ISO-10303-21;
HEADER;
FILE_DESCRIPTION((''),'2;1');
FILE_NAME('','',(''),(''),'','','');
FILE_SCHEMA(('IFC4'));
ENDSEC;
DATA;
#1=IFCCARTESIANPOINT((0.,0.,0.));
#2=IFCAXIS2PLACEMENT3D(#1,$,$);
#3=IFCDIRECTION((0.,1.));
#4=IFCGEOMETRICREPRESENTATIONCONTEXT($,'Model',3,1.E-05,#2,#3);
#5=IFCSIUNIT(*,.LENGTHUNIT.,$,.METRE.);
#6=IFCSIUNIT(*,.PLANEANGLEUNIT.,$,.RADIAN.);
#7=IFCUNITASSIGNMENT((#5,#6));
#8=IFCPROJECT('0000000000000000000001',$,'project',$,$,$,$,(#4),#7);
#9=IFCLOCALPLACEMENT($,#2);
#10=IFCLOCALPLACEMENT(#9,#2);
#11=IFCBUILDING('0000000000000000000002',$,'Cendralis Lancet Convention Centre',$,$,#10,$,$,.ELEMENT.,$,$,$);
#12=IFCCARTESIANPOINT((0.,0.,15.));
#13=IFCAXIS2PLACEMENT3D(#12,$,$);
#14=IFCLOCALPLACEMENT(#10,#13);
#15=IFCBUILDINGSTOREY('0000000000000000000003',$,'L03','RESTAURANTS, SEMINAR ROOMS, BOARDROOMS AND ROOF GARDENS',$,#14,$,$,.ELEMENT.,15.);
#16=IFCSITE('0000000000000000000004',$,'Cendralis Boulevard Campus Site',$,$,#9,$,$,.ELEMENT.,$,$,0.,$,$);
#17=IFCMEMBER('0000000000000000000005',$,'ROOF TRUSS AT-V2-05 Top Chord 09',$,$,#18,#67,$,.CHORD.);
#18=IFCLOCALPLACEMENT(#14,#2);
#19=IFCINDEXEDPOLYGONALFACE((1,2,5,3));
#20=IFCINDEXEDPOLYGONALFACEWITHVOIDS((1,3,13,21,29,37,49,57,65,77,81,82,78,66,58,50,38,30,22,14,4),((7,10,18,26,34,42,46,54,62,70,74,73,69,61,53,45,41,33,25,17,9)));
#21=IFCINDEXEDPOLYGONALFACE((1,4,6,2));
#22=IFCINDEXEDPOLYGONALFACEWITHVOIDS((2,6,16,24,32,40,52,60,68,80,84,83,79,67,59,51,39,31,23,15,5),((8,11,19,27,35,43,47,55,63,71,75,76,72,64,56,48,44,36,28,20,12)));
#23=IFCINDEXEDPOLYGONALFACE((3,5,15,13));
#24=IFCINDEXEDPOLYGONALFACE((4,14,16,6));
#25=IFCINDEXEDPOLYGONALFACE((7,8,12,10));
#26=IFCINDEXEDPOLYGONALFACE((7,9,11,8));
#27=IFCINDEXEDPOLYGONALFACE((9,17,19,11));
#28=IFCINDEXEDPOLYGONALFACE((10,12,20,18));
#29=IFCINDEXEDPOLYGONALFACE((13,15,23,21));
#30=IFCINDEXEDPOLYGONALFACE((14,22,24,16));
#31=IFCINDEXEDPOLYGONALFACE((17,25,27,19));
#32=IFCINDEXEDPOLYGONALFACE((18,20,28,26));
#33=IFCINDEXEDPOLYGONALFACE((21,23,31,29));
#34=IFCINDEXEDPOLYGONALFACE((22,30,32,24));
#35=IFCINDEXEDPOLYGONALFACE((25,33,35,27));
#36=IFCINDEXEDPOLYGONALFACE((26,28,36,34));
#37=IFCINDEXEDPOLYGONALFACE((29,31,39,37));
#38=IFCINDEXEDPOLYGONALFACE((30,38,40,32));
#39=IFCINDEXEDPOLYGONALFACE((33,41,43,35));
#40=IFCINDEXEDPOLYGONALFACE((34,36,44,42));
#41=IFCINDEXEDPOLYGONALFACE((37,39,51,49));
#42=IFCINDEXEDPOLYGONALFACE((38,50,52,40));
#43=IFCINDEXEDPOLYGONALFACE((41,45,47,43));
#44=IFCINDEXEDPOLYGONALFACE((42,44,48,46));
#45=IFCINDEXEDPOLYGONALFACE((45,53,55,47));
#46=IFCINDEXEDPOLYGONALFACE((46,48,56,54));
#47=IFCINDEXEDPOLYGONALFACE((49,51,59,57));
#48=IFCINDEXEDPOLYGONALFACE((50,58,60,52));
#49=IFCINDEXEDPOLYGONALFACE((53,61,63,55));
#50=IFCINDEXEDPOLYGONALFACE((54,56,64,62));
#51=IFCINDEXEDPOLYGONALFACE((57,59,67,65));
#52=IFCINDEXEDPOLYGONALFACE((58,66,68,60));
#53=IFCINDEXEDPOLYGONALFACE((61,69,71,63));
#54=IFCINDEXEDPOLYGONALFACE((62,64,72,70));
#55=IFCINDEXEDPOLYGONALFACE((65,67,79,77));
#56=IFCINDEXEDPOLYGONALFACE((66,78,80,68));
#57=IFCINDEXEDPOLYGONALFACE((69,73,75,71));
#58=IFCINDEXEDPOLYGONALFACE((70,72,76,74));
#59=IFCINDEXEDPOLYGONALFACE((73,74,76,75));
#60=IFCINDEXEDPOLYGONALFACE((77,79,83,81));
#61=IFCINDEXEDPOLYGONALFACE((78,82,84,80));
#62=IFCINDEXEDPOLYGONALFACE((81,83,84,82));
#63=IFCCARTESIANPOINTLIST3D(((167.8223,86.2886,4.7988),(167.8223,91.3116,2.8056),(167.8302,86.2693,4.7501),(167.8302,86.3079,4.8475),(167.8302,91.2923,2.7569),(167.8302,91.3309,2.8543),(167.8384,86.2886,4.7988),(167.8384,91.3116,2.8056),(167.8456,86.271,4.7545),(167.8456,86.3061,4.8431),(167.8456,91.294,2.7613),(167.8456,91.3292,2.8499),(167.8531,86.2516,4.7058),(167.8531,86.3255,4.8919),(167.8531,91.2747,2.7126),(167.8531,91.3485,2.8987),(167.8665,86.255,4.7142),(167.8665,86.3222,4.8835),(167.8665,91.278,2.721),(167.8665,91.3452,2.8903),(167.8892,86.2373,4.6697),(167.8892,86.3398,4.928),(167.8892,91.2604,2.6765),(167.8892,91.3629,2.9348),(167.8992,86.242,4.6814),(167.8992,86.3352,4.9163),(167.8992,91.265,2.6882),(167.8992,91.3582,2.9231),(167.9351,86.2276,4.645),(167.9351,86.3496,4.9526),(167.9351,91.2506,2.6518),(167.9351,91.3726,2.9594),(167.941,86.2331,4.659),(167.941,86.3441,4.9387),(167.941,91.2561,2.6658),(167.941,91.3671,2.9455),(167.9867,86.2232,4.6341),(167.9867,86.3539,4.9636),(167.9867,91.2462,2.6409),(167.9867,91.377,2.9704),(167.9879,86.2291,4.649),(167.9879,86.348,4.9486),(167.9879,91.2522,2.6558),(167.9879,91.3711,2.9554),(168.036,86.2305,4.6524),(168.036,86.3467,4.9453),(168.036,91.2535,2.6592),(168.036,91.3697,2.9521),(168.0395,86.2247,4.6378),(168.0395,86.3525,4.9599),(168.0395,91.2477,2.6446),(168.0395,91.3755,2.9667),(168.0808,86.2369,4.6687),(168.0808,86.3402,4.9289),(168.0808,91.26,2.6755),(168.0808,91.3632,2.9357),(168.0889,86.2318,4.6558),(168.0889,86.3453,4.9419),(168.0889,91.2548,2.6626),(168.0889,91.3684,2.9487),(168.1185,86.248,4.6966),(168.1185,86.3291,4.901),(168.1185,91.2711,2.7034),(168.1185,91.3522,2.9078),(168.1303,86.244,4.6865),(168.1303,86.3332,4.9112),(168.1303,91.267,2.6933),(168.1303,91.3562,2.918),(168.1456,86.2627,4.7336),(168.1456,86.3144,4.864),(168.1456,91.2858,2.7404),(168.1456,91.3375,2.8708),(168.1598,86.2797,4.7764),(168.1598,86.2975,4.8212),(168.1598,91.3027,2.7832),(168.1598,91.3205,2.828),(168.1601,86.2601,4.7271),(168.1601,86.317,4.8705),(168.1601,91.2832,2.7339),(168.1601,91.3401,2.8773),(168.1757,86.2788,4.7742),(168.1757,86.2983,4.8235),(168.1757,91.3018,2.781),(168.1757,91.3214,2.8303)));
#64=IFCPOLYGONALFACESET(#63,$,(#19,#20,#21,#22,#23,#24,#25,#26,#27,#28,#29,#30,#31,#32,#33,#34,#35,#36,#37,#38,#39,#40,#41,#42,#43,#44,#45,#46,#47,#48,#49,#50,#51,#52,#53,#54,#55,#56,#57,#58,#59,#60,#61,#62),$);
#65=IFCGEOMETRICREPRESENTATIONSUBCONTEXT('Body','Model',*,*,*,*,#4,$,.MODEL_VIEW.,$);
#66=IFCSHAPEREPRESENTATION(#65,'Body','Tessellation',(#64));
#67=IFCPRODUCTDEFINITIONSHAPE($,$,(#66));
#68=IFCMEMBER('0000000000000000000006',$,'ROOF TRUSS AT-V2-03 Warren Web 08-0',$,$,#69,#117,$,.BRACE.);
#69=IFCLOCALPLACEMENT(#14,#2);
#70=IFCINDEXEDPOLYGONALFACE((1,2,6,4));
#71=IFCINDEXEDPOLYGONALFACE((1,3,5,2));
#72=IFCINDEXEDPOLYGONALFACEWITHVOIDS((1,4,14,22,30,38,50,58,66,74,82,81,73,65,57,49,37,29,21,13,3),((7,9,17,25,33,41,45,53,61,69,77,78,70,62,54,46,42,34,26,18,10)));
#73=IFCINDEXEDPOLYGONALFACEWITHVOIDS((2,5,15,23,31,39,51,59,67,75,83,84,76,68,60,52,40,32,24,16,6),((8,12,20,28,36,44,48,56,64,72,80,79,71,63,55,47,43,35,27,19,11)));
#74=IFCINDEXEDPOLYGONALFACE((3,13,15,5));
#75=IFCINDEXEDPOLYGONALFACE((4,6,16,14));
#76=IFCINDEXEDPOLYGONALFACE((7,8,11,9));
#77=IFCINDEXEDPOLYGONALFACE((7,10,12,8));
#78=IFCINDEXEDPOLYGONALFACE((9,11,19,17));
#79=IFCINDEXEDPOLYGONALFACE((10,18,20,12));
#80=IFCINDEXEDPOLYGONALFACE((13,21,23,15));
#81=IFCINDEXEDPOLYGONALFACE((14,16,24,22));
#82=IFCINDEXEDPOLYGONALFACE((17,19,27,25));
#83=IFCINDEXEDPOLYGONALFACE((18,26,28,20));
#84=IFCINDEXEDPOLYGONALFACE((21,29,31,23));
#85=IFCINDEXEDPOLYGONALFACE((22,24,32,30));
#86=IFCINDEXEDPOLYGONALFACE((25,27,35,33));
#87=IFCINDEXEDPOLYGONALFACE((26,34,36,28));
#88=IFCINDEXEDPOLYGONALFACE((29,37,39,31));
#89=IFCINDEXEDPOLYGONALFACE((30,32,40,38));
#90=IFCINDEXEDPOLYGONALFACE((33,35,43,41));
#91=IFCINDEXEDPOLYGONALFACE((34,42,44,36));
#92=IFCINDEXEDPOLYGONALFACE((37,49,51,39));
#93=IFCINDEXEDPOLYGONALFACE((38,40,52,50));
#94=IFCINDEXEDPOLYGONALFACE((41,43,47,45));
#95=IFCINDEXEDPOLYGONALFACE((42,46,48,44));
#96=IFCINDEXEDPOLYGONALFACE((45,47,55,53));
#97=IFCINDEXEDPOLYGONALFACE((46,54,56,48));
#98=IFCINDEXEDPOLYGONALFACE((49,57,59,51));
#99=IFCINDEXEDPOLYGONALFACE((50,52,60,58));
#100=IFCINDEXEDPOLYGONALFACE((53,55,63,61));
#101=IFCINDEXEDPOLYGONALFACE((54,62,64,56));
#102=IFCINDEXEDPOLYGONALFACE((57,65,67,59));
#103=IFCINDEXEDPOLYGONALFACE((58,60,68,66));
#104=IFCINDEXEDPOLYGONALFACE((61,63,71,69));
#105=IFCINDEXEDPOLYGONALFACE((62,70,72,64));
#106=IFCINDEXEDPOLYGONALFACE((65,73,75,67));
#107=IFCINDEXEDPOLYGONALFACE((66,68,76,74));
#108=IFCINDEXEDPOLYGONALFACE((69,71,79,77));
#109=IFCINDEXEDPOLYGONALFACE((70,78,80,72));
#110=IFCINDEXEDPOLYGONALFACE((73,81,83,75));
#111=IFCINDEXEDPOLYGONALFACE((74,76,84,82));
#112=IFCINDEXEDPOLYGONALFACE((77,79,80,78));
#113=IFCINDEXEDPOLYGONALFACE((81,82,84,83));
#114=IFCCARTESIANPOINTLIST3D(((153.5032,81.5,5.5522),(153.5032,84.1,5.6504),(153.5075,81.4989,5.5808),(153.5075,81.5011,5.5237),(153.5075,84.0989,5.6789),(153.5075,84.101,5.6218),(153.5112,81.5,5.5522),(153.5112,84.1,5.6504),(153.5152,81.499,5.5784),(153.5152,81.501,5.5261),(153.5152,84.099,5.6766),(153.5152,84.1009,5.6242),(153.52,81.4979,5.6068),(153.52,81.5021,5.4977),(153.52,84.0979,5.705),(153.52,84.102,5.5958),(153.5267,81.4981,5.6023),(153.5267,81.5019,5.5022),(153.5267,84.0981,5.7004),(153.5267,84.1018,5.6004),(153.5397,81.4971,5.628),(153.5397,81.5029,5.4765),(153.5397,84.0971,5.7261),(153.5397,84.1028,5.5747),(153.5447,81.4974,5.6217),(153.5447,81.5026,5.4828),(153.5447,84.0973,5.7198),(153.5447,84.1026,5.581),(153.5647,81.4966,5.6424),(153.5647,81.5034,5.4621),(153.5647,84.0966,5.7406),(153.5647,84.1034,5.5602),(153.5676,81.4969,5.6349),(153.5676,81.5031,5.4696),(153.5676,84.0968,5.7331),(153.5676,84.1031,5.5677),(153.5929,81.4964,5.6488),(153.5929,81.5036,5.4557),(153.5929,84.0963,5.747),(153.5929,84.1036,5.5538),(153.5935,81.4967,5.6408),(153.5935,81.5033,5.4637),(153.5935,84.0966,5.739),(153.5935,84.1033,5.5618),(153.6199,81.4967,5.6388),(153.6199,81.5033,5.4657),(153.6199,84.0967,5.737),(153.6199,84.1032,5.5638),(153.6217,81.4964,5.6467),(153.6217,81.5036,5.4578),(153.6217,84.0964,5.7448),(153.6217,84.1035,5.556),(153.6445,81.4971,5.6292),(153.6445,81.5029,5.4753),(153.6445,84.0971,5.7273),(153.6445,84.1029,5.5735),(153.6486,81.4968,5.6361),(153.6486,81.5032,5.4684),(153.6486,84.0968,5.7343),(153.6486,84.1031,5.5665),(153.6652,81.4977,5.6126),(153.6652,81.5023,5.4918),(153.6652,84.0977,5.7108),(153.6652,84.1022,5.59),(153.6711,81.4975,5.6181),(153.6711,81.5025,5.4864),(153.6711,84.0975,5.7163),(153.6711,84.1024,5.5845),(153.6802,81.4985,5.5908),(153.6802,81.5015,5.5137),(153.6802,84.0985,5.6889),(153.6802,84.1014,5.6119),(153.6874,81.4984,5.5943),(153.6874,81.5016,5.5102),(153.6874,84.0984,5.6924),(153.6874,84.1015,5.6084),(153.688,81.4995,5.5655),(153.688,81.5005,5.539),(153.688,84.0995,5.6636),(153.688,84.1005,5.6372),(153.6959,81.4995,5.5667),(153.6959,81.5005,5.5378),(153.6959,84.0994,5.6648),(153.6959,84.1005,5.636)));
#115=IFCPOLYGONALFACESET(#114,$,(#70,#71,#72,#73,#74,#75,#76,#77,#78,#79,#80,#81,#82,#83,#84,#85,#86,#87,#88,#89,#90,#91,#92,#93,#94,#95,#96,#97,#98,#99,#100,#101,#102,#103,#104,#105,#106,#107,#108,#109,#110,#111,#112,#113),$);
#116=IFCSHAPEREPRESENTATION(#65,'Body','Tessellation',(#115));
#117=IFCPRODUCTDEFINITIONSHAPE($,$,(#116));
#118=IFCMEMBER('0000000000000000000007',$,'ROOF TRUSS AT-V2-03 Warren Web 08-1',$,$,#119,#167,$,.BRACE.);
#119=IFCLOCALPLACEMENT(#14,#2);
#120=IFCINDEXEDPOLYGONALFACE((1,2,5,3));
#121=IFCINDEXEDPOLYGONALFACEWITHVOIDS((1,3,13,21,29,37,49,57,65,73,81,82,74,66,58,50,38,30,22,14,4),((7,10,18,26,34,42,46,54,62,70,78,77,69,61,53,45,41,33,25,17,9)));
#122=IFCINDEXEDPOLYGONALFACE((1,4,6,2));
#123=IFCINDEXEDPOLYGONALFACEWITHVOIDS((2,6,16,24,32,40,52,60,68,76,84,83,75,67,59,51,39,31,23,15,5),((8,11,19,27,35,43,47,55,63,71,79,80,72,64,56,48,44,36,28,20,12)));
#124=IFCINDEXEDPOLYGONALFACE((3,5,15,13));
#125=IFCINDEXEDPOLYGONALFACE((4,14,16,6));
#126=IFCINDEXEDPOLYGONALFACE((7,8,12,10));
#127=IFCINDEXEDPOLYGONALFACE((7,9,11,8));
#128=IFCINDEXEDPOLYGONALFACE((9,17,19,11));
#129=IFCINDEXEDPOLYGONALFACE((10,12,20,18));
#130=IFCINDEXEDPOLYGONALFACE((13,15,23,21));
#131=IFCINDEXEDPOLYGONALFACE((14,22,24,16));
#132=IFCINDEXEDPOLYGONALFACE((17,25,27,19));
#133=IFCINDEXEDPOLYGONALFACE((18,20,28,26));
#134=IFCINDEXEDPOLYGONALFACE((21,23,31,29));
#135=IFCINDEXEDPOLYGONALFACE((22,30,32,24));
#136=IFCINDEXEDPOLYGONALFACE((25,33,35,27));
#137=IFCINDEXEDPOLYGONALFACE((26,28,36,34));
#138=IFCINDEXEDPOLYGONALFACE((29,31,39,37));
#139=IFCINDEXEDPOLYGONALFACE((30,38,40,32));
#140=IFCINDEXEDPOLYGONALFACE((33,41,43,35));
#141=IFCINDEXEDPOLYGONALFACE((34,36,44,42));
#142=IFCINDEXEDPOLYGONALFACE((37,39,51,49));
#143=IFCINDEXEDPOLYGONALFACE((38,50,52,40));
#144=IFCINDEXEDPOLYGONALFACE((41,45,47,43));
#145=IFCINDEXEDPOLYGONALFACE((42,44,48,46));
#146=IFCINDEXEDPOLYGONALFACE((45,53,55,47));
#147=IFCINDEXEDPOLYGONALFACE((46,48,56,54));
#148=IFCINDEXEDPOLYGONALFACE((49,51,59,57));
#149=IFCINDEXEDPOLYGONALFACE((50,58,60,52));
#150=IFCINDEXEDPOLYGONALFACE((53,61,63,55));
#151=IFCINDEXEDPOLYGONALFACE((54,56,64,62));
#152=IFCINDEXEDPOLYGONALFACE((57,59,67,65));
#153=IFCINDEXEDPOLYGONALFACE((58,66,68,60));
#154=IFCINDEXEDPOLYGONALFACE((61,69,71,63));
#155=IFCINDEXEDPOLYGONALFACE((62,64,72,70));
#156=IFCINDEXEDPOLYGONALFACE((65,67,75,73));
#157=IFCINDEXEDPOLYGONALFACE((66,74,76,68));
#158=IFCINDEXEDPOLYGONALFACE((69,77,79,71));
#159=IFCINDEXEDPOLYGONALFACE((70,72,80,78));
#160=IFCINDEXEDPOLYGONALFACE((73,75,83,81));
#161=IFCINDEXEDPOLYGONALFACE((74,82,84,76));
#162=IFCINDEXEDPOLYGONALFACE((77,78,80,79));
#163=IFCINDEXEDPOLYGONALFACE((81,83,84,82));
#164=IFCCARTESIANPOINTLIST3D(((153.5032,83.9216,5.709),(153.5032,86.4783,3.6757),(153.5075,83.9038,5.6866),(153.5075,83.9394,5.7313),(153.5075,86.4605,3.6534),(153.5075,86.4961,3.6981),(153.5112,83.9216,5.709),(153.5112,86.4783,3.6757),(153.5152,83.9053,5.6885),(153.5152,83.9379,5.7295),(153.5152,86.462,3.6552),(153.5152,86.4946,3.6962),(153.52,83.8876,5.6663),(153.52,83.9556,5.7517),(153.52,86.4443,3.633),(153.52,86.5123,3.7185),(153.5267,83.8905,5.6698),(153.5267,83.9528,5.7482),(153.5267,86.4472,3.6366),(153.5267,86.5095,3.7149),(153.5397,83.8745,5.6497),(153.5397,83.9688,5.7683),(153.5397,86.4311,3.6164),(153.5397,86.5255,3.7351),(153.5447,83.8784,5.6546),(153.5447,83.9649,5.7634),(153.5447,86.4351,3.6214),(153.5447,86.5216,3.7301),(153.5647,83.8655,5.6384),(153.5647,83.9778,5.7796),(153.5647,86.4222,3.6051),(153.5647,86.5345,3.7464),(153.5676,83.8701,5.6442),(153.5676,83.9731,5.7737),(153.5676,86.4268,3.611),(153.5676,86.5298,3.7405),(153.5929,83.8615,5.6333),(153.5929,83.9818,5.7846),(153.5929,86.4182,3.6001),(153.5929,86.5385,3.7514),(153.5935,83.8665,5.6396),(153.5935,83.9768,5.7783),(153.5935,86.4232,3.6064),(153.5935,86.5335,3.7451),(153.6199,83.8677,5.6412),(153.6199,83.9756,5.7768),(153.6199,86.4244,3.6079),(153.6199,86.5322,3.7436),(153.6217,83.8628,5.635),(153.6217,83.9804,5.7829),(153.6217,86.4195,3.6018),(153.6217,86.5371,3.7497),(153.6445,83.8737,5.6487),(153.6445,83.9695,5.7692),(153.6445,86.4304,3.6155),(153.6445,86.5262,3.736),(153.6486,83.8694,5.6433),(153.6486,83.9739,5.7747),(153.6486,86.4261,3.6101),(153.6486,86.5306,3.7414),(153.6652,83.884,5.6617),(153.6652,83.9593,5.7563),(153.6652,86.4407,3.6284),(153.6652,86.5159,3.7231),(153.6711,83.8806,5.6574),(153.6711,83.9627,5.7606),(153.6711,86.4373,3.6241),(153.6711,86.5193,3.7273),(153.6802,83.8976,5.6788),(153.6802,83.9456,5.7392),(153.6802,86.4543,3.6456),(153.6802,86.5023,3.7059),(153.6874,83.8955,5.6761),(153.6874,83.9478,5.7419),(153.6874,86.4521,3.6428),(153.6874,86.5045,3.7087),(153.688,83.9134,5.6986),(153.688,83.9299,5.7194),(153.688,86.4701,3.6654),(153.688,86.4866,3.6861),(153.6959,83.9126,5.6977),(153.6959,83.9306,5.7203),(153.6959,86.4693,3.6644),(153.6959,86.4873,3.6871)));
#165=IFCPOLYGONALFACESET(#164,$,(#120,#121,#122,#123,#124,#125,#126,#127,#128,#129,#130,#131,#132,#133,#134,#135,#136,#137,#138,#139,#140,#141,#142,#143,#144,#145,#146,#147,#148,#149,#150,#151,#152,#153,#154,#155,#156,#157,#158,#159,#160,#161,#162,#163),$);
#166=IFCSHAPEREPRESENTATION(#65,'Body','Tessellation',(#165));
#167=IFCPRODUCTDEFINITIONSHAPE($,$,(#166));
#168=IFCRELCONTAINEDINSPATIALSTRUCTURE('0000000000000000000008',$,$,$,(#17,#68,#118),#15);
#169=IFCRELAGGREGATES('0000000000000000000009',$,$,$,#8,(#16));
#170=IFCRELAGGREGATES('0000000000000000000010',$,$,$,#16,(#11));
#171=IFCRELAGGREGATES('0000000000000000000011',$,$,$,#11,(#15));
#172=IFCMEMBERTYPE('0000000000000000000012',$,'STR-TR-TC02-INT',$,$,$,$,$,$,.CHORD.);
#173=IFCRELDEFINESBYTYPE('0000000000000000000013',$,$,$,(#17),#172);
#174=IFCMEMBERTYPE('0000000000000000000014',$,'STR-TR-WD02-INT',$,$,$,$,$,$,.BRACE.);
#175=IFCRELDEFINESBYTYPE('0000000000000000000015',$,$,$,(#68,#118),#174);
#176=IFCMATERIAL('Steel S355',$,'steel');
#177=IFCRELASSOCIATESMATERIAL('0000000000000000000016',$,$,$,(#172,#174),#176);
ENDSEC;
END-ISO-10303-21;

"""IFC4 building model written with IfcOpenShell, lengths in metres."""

from ifc_helpers import new_model, si_unit, direction, frame, origin, origin_2d, place, context, subcontext, project, spatial, hollow_circle, extrude, material, material_profile, profile_set, type_object, element, save


model = new_model("IFC4")

# Units and contexts
model_context = context("Model", 3, precision=1e-05, world=origin(), true_north=direction((0.0, 1.0)))
body_context = subcontext(model_context, "Body", "Model", "MODEL_VIEW")
ifc_project = project(units=[si_unit("LENGTHUNIT", "METRE"), si_unit("PLANEANGLEUNIT", "RADIAN")], contexts=[model_context])

# Site, building, storey
site_placement = place(None, origin())
site = spatial("IfcSite", under=ifc_project, at=site_placement, Name="Cendralis Boulevard Campus Site", CompositionType="ELEMENT", RefElevation=0.0)
building_placement = place(site_placement, origin())
building = spatial("IfcBuilding", under=site, at=building_placement, Name="Cendralis Lancet Convention Centre", CompositionType="ELEMENT")
storey_placement = place(building_placement, frame((0.0, 0.0, 15.0)))
storey = spatial("IfcBuildingStorey", under=building, at=storey_placement, Name="L03", Description="RESTAURANTS, SEMINAR ROOMS, BOARDROOMS AND ROOF GARDENS", CompositionType="ELEMENT", Elevation=15.0)

# Shared definitions
ifc_material_1 = material(Name="Steel S355", Category="steel")

# Members
ifc_material_profile_1 = material_profile(ifc_material_1, hollow_circle(Radius=0.1777, WallThickness=0.0161, at=origin_2d()), Name="CHS 355.6x16.0")
ifc_profile_set_1 = profile_set([ifc_material_profile_1], Name="Steel S355")
member_type_1 = type_object("IfcMemberType", Name="STR-TR-TC02-INT", PredefinedType="CHORD", material=ifc_profile_set_1)
member_1_placement = place(storey_placement, frame((168.0, 86.2886, 4.7988), z_axis=(0.0, 0.929495, -0.368834), x_axis=(-1.0, 0.0, 0.0)))
element("IfcMember", 1, at=member_1_placement, inside=storey, type_object=member_type_1, Name="ROOF TRUSS AT-V2-05 Top Chord 09", PredefinedType="CHORD", context=body_context, shape_type="SweptSolid", body=[
    extrude(hollow_circle(Radius=0.1777, WallThickness=0.0161, at=origin_2d()), origin(), (0.0, 0.0, 1.0), 5.4041),
])
ifc_material_profile_2 = material_profile(ifc_material_1, hollow_circle(Radius=0.0969, WallThickness=0.0081, at=origin_2d()), Name="CHS 193.7x8.0")
ifc_profile_set_2 = profile_set([ifc_material_profile_2], Name="Steel S355")
member_type_2 = type_object("IfcMemberType", Name="STR-TR-WD02-INT", PredefinedType="BRACE", material=ifc_profile_set_2)
member_2_placement = place(storey_placement, frame((153.6001, 81.5, 5.5522), z_axis=(0.0, 0.999288, 0.037723), x_axis=(-1.0, 0.0, 0.0)))
element("IfcMember", 2, at=member_2_placement, inside=storey, type_object=member_type_2, Name="ROOF TRUSS AT-V2-03 Warren Web 08-0", PredefinedType="BRACE", context=body_context, shape_type="SweptSolid", body=[
    extrude(hollow_circle(Radius=0.0969, WallThickness=0.0081, at=origin_2d()), origin(), (0.0, 0.0, 1.0), 2.6018),
])
member_3_placement = place(storey_placement, frame((153.6001, 83.9216, 5.709), z_axis=(0.0, 0.782674, -0.622432), x_axis=(-1.0, 0.0, 0.0)))
element("IfcMember", 3, at=member_3_placement, inside=storey, type_object=member_type_2, Name="ROOF TRUSS AT-V2-03 Warren Web 08-1", PredefinedType="BRACE", context=body_context, shape_type="SweptSolid", body=[
    extrude(hollow_circle(Radius=0.0969, WallThickness=0.0081, at=origin_2d()), origin(), (0.0, 0.0, 1.0), 3.2666),
])

save(model, "model.ifc")
